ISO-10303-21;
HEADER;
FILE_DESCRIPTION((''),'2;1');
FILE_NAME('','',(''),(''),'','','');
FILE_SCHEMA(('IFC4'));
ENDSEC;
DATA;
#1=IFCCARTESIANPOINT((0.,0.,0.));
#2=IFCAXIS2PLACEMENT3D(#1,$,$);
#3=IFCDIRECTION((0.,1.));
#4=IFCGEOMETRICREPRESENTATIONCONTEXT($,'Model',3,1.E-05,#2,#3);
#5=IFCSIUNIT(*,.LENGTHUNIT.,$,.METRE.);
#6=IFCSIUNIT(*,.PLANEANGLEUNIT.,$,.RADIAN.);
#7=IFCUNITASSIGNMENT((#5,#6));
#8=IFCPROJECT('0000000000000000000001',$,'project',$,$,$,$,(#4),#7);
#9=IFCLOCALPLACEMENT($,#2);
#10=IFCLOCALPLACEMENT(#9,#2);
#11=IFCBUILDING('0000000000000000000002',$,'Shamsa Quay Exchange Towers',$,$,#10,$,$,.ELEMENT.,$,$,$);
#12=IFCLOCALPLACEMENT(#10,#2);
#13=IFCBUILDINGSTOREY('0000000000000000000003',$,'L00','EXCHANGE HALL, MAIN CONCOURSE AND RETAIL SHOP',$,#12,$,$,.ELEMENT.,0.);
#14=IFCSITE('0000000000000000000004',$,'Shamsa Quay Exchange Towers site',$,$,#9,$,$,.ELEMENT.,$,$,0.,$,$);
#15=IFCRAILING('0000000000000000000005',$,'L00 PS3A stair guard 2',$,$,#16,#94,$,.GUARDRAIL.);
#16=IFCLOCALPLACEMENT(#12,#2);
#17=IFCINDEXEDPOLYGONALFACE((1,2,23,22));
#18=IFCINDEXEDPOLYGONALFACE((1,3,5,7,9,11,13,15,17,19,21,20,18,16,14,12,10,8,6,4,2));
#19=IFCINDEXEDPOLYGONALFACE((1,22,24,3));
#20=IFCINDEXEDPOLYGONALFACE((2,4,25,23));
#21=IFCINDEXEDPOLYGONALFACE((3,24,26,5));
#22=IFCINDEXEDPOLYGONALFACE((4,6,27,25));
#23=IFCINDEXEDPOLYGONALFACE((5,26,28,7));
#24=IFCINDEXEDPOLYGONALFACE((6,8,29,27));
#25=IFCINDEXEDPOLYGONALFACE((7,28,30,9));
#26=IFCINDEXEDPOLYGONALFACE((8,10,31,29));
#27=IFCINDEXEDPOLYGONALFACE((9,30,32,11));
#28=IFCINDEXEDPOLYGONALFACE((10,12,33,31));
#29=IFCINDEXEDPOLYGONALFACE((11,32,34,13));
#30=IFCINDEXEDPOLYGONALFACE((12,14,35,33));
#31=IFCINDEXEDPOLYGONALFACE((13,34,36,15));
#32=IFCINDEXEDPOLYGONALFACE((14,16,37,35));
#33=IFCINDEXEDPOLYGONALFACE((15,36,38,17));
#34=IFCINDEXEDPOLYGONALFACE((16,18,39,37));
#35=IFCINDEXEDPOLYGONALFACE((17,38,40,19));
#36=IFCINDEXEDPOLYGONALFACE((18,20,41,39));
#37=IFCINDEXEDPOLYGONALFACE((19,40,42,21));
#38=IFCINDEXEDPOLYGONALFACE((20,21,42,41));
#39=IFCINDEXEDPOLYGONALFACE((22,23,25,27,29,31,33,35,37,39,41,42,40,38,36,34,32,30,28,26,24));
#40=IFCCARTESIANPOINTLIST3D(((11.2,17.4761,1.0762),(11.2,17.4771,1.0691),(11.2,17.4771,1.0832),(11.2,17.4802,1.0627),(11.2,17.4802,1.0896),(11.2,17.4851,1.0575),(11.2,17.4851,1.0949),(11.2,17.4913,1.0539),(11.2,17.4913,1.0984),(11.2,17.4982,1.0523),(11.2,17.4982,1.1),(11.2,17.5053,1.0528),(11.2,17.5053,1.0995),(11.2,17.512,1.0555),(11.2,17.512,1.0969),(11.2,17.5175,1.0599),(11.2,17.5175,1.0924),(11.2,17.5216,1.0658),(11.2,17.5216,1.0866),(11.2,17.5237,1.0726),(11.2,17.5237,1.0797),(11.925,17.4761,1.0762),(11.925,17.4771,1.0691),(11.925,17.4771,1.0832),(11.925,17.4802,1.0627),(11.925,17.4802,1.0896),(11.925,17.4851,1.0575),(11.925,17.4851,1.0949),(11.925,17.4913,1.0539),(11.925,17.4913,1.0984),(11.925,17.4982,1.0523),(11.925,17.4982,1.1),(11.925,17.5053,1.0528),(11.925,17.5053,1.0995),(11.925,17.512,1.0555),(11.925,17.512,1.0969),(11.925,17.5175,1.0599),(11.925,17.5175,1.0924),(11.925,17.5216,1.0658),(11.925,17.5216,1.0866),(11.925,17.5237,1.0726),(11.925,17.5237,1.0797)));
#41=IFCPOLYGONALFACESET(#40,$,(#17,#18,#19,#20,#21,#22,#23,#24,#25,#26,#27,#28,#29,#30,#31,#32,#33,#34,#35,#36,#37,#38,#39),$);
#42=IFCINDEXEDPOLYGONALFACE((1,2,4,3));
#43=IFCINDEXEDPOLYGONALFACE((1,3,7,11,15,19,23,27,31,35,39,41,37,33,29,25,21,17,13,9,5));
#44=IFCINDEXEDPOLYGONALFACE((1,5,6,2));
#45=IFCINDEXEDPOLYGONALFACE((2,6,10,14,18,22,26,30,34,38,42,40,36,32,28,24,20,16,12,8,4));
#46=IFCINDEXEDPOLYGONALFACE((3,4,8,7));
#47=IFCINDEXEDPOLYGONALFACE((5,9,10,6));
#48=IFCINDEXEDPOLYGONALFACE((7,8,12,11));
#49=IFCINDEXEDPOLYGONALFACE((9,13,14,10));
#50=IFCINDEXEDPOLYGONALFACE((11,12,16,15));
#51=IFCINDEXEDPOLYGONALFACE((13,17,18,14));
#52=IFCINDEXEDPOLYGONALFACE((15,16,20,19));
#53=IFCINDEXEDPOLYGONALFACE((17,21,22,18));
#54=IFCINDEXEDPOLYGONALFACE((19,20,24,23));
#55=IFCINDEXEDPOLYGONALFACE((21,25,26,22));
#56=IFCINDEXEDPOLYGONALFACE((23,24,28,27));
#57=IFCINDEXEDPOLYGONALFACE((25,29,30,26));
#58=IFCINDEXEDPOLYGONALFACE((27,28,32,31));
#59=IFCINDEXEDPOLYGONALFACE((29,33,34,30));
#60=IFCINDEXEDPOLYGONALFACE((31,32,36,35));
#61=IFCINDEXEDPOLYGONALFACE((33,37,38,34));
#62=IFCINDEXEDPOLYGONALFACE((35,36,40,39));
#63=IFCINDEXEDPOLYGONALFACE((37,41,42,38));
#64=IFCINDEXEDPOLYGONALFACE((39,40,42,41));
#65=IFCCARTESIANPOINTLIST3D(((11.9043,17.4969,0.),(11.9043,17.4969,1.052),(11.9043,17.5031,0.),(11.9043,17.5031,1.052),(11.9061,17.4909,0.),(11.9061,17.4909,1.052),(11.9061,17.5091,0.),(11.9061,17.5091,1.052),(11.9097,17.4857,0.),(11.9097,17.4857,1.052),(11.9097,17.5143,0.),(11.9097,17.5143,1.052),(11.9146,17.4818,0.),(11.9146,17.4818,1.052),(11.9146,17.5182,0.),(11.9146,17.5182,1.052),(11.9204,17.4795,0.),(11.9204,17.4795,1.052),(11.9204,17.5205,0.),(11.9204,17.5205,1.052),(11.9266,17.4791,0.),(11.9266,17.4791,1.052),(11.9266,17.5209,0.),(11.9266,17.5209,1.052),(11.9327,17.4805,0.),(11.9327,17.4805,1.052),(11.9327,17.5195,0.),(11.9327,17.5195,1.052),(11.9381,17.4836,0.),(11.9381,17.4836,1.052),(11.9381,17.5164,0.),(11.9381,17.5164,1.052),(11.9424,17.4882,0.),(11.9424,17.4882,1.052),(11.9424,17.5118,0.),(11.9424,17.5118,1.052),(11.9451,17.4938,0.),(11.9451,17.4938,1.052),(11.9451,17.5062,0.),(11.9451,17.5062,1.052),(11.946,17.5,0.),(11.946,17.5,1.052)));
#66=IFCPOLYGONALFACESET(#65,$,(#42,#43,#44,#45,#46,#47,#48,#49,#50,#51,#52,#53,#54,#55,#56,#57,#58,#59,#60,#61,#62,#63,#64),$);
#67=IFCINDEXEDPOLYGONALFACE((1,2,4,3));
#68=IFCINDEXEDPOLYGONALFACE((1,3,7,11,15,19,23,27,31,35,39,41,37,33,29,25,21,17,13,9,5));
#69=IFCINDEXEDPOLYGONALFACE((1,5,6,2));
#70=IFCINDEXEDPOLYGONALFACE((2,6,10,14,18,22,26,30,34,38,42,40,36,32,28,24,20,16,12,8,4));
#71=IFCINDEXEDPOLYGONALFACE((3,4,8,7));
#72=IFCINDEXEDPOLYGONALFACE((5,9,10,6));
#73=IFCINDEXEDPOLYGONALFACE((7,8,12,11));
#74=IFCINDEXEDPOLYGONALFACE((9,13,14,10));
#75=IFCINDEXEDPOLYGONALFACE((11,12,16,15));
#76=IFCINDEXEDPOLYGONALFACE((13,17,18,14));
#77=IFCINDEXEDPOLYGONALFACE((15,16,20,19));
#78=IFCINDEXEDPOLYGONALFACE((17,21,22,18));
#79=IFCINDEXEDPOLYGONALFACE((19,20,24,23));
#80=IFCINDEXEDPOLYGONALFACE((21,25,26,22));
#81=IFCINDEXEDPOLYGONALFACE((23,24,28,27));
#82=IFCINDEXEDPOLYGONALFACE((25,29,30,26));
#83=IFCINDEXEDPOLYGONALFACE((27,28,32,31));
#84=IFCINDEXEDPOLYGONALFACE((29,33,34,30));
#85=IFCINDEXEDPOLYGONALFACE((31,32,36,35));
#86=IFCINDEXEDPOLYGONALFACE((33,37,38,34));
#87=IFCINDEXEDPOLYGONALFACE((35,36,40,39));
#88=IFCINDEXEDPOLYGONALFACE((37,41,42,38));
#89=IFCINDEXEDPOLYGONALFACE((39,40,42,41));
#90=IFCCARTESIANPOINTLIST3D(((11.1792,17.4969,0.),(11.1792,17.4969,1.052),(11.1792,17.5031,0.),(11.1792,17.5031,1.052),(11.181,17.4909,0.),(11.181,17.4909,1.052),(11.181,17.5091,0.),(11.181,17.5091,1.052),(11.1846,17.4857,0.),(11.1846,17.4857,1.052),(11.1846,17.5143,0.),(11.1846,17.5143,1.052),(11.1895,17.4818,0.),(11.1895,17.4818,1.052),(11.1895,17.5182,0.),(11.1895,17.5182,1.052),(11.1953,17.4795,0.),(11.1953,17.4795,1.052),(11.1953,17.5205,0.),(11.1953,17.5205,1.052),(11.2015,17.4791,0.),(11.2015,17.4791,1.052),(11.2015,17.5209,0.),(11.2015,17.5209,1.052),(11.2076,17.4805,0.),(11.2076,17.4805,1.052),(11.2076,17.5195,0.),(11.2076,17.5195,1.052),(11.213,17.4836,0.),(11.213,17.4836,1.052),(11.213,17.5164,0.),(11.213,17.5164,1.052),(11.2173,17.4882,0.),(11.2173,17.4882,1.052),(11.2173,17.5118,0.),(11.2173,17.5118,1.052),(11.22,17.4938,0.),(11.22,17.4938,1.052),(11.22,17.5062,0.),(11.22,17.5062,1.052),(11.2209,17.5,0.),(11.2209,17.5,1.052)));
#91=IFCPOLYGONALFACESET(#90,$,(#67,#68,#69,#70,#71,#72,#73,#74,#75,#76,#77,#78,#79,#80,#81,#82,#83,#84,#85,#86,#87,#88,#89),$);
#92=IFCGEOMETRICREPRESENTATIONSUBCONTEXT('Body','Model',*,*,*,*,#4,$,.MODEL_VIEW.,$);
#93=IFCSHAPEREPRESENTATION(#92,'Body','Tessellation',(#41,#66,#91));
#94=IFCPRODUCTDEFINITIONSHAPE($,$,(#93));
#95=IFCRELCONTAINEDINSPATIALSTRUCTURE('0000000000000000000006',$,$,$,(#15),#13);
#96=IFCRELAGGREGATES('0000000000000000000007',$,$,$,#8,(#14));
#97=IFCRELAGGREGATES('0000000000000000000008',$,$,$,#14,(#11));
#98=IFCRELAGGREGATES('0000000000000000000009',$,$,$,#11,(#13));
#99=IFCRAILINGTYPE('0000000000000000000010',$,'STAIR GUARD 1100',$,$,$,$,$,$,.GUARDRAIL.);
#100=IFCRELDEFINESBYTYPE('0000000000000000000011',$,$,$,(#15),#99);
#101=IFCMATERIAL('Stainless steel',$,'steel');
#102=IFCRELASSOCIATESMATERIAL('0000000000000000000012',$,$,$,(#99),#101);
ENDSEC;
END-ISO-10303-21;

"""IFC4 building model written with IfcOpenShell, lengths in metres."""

from ifc_helpers import new_model, si_unit, direction, frame, origin, origin_2d, place, context, subcontext, project, spatial, circle, extrude, material, type_object, element, save


model = new_model("IFC4")

# Units and contexts
model_context = context("Model", 3, precision=1e-05, world=origin(), true_north=direction((0.0, 1.0)))
body_context = subcontext(model_context, "Body", "Model", "MODEL_VIEW")
ifc_project = project(units=[si_unit("LENGTHUNIT", "METRE"), si_unit("PLANEANGLEUNIT", "RADIAN")], contexts=[model_context])

# Site, building, storey
site_placement = place(None, origin())
site = spatial("IfcSite", under=ifc_project, at=site_placement, Name="Shamsa Quay Exchange Towers site", CompositionType="ELEMENT", RefElevation=0.0)
building_placement = place(site_placement, origin())
building = spatial("IfcBuilding", under=site, at=building_placement, Name="Shamsa Quay Exchange Towers", CompositionType="ELEMENT")
storey_placement = place(building_placement, origin())
storey = spatial("IfcBuildingStorey", under=building, at=storey_placement, Name="L00", Description="EXCHANGE HALL, MAIN CONCOURSE AND RETAIL SHOP", CompositionType="ELEMENT", Elevation=0.0)

# Railing
ifc_material_1 = material(Name="Stainless steel", Category="steel")
railing_type_1 = type_object("IfcRailingType", Name="STAIR GUARD 1100", PredefinedType="GUARDRAIL", material=ifc_material_1)
railing_1_placement = place(storey_placement, frame((11.925, 17.5, 0.0)))
element("IfcRailing", 1, at=railing_1_placement, inside=storey, type_object=railing_type_1, Name="L00 PS3A stair guard 2", PredefinedType="GUARDRAIL", context=body_context, shape_type="SweptSolid", body=[
    extrude(circle(Radius=0.0239, at=origin_2d()), frame((0.0, 0.0, 1.0762), z_axis=(-1.0, 0.0, 0.0), x_axis=(0.0, -1.0, 0.0)), (0.0, 0.0, 1.0), 0.7251),
    extrude(circle(Radius=0.021, at=origin_2d()), origin(), (0.0, 0.0, 1.0), 1.052),
    extrude(circle(Radius=0.021, at=origin_2d()), frame((-0.7251, 0.0, 0.0)), (0.0, 0.0, 1.0), 1.052),
])

save(model, "model.ifc")
